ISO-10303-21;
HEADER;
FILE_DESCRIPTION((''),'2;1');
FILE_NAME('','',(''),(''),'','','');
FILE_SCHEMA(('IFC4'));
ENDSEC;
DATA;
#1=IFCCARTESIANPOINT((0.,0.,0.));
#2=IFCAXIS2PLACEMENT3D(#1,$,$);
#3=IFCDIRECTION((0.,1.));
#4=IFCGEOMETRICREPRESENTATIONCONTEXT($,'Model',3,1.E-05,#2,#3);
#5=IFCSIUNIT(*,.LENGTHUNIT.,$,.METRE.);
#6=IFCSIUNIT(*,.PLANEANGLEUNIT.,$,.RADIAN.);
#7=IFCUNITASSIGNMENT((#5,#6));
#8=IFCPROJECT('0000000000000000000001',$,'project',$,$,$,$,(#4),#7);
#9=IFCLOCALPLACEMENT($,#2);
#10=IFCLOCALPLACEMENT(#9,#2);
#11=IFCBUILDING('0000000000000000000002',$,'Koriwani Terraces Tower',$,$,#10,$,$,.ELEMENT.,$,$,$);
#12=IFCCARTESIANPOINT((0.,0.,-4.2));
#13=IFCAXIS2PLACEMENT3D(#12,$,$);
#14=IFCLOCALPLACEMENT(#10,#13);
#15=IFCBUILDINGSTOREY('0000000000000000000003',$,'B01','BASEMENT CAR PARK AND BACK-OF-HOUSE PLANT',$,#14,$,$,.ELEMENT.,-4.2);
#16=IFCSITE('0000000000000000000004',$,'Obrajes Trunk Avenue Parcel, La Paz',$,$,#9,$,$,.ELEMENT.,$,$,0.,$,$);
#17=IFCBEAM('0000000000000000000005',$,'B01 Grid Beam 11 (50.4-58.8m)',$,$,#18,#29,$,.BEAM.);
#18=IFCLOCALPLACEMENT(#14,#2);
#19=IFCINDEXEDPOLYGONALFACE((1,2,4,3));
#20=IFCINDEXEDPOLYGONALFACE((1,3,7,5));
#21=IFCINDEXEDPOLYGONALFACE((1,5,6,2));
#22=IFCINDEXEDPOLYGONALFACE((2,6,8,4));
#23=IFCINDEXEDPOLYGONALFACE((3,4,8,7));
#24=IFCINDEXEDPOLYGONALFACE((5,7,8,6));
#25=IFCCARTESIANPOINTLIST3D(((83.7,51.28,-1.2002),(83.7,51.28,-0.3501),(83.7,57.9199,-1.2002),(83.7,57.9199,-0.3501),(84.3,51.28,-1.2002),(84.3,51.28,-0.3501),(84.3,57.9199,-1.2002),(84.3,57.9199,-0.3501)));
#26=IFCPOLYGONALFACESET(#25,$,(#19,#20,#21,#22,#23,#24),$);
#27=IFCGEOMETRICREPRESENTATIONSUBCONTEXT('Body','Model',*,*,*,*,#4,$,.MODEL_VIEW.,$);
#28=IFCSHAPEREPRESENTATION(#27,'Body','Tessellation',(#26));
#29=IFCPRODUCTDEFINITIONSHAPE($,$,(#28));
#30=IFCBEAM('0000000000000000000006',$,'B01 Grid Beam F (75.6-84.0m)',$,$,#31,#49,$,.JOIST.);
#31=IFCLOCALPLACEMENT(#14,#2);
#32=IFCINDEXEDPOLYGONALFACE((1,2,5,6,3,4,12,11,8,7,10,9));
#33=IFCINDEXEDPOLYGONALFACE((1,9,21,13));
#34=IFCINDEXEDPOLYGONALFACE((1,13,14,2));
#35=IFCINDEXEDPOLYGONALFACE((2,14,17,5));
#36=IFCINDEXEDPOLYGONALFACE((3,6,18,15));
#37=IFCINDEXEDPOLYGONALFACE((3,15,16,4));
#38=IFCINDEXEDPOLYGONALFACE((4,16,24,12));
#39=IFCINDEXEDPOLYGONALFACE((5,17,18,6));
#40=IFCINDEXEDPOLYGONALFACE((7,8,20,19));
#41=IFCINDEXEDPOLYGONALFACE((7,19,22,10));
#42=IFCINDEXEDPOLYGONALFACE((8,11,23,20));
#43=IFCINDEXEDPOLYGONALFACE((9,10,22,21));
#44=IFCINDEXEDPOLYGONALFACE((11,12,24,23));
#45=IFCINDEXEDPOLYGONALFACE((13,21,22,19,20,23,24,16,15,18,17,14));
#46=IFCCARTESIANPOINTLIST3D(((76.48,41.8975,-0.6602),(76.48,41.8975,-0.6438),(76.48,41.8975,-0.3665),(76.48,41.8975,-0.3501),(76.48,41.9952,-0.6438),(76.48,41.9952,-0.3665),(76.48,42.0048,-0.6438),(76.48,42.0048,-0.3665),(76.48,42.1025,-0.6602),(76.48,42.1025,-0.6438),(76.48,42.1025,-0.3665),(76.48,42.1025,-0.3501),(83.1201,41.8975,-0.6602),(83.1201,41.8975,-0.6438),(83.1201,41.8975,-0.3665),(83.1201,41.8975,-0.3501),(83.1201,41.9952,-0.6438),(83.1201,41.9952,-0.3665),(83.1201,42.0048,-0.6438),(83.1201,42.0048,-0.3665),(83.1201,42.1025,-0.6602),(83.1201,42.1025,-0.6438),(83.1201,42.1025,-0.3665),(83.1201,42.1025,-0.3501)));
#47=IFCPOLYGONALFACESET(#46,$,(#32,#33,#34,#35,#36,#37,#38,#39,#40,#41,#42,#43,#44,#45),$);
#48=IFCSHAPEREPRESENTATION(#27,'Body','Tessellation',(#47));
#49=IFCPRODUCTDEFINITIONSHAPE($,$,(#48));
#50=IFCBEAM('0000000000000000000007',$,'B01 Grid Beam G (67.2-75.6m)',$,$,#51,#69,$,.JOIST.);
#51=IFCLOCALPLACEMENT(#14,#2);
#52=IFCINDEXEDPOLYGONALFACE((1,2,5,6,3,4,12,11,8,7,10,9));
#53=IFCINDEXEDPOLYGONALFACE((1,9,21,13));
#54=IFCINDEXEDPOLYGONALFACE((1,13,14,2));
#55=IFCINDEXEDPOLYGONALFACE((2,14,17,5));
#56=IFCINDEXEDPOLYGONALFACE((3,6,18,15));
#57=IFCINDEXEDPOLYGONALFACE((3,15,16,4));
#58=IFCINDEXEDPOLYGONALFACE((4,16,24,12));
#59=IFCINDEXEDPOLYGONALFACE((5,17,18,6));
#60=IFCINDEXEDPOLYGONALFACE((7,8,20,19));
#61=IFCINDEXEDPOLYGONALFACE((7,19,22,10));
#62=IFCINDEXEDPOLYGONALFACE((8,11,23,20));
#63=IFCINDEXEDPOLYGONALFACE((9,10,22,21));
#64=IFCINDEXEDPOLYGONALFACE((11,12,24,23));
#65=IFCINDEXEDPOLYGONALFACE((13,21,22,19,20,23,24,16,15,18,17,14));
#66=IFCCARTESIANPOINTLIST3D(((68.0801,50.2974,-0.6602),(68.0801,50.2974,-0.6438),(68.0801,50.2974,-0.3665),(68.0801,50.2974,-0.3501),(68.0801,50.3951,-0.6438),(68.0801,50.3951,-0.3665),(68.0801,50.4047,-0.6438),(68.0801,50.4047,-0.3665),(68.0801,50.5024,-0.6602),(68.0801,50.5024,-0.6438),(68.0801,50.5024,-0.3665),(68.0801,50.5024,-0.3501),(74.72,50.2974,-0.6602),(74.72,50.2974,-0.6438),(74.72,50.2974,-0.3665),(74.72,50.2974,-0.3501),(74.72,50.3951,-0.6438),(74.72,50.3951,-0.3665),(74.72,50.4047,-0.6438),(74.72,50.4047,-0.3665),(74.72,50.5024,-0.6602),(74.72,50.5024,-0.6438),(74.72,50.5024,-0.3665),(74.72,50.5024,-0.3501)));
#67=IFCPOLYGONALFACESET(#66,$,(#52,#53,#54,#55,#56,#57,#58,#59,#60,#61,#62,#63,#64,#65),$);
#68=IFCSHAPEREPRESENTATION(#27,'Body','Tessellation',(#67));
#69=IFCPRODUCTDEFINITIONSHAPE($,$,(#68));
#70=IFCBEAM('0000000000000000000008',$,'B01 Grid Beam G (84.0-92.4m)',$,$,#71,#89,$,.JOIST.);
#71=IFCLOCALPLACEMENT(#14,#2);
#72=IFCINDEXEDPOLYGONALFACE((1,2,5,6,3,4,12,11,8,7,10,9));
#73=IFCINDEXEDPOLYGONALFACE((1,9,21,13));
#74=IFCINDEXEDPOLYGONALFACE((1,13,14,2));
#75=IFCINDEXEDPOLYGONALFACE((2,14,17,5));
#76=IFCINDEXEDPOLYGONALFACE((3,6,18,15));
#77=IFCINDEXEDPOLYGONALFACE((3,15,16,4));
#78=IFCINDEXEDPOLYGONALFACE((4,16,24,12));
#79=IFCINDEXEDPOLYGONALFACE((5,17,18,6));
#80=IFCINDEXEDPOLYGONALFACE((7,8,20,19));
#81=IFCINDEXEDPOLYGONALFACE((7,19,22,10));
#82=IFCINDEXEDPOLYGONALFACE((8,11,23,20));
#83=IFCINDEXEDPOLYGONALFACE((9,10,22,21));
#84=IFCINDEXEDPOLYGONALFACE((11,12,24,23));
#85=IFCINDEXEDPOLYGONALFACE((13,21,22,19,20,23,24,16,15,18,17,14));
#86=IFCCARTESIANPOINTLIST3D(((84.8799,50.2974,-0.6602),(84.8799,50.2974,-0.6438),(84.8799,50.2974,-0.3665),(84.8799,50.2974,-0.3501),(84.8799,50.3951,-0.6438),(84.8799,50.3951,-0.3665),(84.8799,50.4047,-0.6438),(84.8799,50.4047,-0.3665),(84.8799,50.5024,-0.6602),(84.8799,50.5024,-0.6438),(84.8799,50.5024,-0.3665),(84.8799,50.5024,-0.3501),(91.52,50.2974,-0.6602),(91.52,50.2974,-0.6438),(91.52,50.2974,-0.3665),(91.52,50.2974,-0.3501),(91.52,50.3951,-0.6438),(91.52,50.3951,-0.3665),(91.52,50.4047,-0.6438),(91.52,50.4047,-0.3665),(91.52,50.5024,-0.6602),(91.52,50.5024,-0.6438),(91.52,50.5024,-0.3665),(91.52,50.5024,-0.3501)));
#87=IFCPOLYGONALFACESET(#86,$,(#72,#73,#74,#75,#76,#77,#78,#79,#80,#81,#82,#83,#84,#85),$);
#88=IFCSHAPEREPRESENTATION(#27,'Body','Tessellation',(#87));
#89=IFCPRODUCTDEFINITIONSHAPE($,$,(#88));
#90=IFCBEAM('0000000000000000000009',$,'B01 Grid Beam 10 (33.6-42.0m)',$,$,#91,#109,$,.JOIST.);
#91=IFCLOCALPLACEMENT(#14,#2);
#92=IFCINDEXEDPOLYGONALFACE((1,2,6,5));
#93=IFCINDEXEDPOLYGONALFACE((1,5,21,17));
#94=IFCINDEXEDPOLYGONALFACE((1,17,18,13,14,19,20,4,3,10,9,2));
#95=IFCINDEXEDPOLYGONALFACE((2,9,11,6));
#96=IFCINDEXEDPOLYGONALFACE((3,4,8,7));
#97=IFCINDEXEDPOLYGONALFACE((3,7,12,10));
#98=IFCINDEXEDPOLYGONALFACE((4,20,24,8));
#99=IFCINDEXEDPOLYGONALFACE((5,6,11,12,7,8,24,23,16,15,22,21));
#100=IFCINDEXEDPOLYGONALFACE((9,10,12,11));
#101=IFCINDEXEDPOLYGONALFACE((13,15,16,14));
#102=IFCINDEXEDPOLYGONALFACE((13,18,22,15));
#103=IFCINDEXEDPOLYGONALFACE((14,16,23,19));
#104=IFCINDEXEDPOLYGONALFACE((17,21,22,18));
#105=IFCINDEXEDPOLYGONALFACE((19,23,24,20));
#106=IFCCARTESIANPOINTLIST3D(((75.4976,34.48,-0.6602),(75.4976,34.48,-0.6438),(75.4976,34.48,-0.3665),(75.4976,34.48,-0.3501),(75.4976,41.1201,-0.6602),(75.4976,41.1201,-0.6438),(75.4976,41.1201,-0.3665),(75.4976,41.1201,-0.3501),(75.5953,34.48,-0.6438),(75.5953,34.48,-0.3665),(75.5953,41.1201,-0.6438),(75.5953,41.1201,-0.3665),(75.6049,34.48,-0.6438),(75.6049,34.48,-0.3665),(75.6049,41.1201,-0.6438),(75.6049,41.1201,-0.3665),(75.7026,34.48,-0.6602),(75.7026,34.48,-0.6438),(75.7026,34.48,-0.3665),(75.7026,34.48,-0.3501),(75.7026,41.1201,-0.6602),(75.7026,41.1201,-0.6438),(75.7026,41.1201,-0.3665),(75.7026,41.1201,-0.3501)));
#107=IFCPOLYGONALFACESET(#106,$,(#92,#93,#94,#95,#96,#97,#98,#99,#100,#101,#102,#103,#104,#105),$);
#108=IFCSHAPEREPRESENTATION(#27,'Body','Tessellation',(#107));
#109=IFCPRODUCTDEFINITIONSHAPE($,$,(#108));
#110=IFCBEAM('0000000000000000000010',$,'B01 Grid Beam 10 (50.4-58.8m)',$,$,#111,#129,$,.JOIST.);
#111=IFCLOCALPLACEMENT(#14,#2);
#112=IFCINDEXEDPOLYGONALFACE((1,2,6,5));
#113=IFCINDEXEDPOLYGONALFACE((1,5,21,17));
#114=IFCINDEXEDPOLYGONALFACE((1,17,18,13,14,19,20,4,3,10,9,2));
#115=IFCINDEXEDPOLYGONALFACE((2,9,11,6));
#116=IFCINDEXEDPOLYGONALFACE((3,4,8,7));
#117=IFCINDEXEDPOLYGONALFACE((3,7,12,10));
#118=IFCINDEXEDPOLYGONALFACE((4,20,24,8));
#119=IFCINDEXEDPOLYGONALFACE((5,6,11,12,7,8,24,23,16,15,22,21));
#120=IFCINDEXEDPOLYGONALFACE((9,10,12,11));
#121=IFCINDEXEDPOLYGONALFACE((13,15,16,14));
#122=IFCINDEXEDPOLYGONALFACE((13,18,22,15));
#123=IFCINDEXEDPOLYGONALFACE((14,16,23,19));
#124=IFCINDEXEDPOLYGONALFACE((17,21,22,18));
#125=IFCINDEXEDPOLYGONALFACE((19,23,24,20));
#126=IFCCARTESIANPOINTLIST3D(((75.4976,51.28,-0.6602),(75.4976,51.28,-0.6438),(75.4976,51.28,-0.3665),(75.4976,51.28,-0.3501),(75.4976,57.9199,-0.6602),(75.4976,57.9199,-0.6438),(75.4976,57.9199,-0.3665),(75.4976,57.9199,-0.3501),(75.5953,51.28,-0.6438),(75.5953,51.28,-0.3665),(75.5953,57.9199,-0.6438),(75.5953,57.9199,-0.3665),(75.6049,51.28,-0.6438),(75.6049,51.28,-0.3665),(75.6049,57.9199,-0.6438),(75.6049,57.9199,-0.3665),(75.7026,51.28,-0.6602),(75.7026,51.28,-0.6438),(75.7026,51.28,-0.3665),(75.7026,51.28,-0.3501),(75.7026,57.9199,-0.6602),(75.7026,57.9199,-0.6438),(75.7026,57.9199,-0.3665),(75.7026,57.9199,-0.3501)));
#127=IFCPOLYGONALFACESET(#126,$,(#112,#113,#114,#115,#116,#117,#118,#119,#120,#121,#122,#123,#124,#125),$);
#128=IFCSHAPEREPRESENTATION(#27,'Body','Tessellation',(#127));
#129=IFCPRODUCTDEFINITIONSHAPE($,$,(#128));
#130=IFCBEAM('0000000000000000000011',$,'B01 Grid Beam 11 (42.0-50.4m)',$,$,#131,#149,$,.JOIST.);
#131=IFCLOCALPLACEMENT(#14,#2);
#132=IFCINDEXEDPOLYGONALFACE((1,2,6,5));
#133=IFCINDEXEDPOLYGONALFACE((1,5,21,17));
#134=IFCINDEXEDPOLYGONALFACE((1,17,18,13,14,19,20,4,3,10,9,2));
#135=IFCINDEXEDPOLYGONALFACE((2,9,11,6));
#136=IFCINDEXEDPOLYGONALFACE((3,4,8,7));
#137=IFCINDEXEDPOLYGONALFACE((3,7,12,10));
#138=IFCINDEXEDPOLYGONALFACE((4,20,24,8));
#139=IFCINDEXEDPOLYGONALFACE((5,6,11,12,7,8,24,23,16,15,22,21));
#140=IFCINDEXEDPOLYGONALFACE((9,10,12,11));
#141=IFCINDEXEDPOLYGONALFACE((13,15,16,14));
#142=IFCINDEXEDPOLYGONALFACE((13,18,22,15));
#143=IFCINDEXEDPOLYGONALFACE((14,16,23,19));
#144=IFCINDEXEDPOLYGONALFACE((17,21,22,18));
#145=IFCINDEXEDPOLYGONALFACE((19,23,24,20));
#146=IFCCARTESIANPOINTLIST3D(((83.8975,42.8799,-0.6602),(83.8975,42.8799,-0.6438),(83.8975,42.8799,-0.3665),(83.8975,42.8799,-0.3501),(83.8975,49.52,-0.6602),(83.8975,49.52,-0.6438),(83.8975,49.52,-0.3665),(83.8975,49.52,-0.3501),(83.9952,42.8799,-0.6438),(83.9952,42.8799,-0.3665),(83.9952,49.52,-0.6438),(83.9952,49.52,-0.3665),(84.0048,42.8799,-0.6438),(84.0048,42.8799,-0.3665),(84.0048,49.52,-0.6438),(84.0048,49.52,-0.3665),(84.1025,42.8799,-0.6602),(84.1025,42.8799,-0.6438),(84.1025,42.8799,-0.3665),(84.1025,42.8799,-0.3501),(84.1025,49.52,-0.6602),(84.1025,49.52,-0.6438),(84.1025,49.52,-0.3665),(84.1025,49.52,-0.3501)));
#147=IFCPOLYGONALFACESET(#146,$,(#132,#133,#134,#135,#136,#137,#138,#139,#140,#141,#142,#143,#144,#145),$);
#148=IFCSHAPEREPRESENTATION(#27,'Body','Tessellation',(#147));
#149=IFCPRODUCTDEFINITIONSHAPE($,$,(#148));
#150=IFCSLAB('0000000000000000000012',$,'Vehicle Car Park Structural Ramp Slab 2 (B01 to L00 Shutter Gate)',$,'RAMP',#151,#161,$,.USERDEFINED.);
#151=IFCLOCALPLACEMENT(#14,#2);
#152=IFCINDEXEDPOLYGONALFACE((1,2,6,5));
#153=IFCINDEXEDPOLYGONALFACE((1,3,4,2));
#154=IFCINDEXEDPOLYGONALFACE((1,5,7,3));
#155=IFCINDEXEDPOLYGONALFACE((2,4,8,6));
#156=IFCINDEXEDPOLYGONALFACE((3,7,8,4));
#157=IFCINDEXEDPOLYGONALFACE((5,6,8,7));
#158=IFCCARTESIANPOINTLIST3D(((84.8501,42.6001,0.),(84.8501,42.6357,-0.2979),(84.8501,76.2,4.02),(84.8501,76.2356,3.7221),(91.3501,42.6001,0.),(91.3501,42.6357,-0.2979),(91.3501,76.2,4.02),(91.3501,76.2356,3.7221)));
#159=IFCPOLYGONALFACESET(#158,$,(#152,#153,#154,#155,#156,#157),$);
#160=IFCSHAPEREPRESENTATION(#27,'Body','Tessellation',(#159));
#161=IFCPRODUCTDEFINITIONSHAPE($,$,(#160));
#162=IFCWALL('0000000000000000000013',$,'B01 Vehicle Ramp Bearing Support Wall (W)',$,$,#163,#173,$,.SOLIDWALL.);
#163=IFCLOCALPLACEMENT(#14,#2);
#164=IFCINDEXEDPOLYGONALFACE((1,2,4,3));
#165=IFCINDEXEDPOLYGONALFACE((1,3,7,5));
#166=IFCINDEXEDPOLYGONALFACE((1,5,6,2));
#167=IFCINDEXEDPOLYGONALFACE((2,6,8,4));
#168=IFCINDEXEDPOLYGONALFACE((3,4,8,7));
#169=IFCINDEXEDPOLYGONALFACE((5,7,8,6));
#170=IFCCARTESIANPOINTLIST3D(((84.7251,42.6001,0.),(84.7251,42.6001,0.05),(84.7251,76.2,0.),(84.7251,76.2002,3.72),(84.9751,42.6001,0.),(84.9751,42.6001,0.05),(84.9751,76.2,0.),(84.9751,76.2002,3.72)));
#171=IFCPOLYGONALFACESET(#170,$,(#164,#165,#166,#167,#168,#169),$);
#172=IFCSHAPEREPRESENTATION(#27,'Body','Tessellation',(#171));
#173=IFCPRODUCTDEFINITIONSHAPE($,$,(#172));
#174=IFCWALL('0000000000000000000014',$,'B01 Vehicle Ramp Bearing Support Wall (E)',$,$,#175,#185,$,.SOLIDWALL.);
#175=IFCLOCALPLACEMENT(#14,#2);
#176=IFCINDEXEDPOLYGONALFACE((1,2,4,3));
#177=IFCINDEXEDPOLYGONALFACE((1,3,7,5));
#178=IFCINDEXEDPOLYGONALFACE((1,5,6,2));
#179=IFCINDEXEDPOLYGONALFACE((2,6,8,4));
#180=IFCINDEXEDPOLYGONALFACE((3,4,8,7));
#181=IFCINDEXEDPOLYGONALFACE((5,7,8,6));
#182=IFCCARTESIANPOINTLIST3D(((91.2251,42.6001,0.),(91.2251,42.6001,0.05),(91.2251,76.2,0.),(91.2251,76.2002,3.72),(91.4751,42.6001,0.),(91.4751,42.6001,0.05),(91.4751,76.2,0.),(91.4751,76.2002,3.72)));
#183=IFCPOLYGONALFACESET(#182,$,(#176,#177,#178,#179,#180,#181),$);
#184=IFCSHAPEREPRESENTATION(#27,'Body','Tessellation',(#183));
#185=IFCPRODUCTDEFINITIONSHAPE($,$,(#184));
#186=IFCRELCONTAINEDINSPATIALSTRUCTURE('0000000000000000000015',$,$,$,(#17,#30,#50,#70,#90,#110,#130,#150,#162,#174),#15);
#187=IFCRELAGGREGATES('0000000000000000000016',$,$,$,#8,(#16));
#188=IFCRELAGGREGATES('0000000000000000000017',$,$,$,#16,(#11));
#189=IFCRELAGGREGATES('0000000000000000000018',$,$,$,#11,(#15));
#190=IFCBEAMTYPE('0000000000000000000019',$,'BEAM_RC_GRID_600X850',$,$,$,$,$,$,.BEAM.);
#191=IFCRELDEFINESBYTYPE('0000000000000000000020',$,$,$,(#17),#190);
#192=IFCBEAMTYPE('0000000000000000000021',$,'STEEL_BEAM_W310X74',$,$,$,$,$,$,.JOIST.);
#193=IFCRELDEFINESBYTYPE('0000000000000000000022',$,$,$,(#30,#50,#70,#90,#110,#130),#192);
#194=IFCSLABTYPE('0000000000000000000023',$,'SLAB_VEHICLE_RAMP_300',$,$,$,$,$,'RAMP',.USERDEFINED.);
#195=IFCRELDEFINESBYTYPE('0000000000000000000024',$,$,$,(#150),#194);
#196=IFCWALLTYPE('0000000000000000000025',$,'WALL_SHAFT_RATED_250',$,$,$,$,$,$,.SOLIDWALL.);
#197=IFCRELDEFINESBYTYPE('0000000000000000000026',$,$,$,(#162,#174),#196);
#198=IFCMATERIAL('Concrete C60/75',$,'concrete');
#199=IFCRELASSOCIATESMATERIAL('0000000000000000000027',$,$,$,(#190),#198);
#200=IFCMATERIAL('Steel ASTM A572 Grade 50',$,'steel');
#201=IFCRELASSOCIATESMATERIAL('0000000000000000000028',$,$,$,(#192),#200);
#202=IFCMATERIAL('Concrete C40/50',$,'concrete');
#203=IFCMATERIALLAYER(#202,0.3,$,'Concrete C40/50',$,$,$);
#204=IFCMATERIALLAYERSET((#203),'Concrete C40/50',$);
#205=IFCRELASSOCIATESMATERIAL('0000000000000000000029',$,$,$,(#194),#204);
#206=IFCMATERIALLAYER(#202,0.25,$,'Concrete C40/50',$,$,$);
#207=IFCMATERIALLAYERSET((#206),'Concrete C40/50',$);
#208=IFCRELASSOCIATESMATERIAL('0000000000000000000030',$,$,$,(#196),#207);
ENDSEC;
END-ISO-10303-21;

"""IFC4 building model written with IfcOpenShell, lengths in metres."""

from ifc_helpers import new_model, si_unit, direction, frame, origin, origin_2d, place, context, subcontext, project, spatial, polyline, rectangle, i_section, outline, extrude, material, layer, layer_set, material_profile, profile_set, type_object, element, save


model = new_model("IFC4")

# Units and contexts
model_context = context("Model", 3, precision=1e-05, world=origin(), true_north=direction((0.0, 1.0)))
body_context = subcontext(model_context, "Body", "Model", "MODEL_VIEW")
ifc_project = project(units=[si_unit("LENGTHUNIT", "METRE"), si_unit("PLANEANGLEUNIT", "RADIAN")], contexts=[model_context])

# Site, building, storey
site_placement = place(None, origin())
site = spatial("IfcSite", under=ifc_project, at=site_placement, Name="Obrajes Trunk Avenue Parcel, La Paz", CompositionType="ELEMENT", RefElevation=0.0)
building_placement = place(site_placement, origin())
building = spatial("IfcBuilding", under=site, at=building_placement, Name="Koriwani Terraces Tower", CompositionType="ELEMENT")
storey_placement = place(building_placement, frame((0.0, 0.0, -4.2)))
storey = spatial("IfcBuildingStorey", under=building, at=storey_placement, Name="B01", Description="BASEMENT CAR PARK AND BACK-OF-HOUSE PLANT", CompositionType="ELEMENT", Elevation=-4.2)

# Shared definitions
ifc_material_1 = material(Name="Concrete C60/75", Category="concrete")

# Beams
ifc_material_profile_1 = material_profile(ifc_material_1, rectangle(XDim=0.6001, YDim=0.8501, at=origin_2d()), Name="Concrete C60/75", Category="LoadBearing")
ifc_profile_set_1 = profile_set([ifc_material_profile_1], Name="Concrete C60/75")
beam_type_1 = type_object("IfcBeamType", Name="BEAM_RC_GRID_600X850", PredefinedType="BEAM", material=ifc_profile_set_1)
beam_1_placement = place(storey_placement, frame((84.0, 51.28, -0.7751), z_axis=(0.0, 1.0, 0.0), x_axis=(-1.0, 0.0, 0.0)))
element("IfcBeam", 1, at=beam_1_placement, inside=storey, type_object=beam_type_1, Name="B01 Grid Beam 11 (50.4-58.8m)", PredefinedType="BEAM", context=body_context, shape_type="SweptSolid", body=[
    extrude(rectangle(XDim=0.6001, YDim=0.8501, at=origin_2d()), origin(), (0.0, 0.0, 1.0), 6.6399),
])
ifc_material_2 = material(Name="Steel ASTM A572 Grade 50", Category="steel")
ifc_material_profile_2 = material_profile(ifc_material_2, i_section(OverallWidth=0.2051, OverallDepth=0.3101, WebThickness=0.0095, FlangeThickness=0.0164, at=origin_2d()), Name="Steel ASTM A572 Grade 50", Category="LoadBearing")
ifc_profile_set_2 = profile_set([ifc_material_profile_2], Name="Steel ASTM A572 Grade 50")
beam_type_2 = type_object("IfcBeamType", Name="STEEL_BEAM_W310X74", PredefinedType="JOIST", material=ifc_profile_set_2)
beam_2_placement = place(storey_placement, frame((76.48, 42.0, -0.5051), z_axis=(1.0, 0.0, 0.0), x_axis=(0.0, 1.0, 0.0)))
element("IfcBeam", 2, at=beam_2_placement, inside=storey, type_object=beam_type_2, Name="B01 Grid Beam F (75.6-84.0m)", PredefinedType="JOIST", context=body_context, shape_type="SweptSolid", body=[
    extrude(i_section(OverallWidth=0.2051, OverallDepth=0.3101, WebThickness=0.0095, FlangeThickness=0.0164, at=origin_2d()), origin(), (0.0, 0.0, 1.0), 6.6401),
])
beam_3_placement = place(storey_placement, frame((68.0801, 50.3999, -0.5051), z_axis=(1.0, 0.0, 0.0), x_axis=(0.0, 1.0, 0.0)))
element("IfcBeam", 3, at=beam_3_placement, inside=storey, type_object=beam_type_2, Name="B01 Grid Beam G (67.2-75.6m)", PredefinedType="JOIST", context=body_context, shape_type="SweptSolid", body=[
    extrude(i_section(OverallWidth=0.2051, OverallDepth=0.3101, WebThickness=0.0095, FlangeThickness=0.0164, at=origin_2d()), origin(), (0.0, 0.0, 1.0), 6.6399),
])
for number, where, z_axis, x_axis, name in (
    (4, (84.8799, 50.3999, -0.5051), (1.0, 0.0, 0.0), (0.0, 1.0, 0.0), "B01 Grid Beam G (84.0-92.4m)"),
    (5, (75.6001, 34.48, -0.5051), (0.0, 1.0, 0.0), (-1.0, 0.0, 0.0), "B01 Grid Beam 10 (33.6-42.0m)"),
):
    element("IfcBeam", number, at=place(storey_placement, frame(where, z_axis=z_axis, x_axis=x_axis)), inside=storey, type_object=beam_type_2, Name=name, PredefinedType="JOIST", context=body_context, shape_type="SweptSolid", body=[
        extrude(i_section(OverallWidth=0.2051, OverallDepth=0.3101, WebThickness=0.0095, FlangeThickness=0.0164, at=origin_2d()), origin(), (0.0, 0.0, 1.0), 6.6401),
    ])
beam_4_placement = place(storey_placement, frame((75.6001, 51.28, -0.5051), z_axis=(0.0, 1.0, 0.0), x_axis=(-1.0, 0.0, 0.0)))
element("IfcBeam", 6, at=beam_4_placement, inside=storey, type_object=beam_type_2, Name="B01 Grid Beam 10 (50.4-58.8m)", PredefinedType="JOIST", context=body_context, shape_type="SweptSolid", body=[
    extrude(i_section(OverallWidth=0.2051, OverallDepth=0.3101, WebThickness=0.0095, FlangeThickness=0.0164, at=origin_2d()), origin(), (0.0, 0.0, 1.0), 6.6399),
])
beam_5_placement = place(storey_placement, frame((84.0, 42.8799, -0.5051), z_axis=(0.0, 1.0, 0.0), x_axis=(-1.0, 0.0, 0.0)))
element("IfcBeam", 7, at=beam_5_placement, inside=storey, type_object=beam_type_2, Name="B01 Grid Beam 11 (42.0-50.4m)", PredefinedType="JOIST", context=body_context, shape_type="SweptSolid", body=[
    extrude(i_section(OverallWidth=0.2051, OverallDepth=0.3101, WebThickness=0.0095, FlangeThickness=0.0164, at=origin_2d()), origin(), (0.0, 0.0, 1.0), 6.6401),
])

# Slab
ifc_material_3 = material(Name="Concrete C40/50", Category="concrete")
ifc_layer_1 = layer(ifc_material_3, 0.3, Name="Concrete C40/50")
ifc_layer_set_1 = layer_set([ifc_layer_1], Name="Concrete C40/50")
slab_type = type_object("IfcSlabType", Name="SLAB_VEHICLE_RAMP_300", ElementType="RAMP", PredefinedType="USERDEFINED", material=ifc_layer_set_1)
slab_placement = place(storey_placement, frame((84.8501, 42.6001, 0.0), z_axis=(0.0, -0.118797, 0.992919), x_axis=(1.0, 0.0, 0.0)))
element("IfcSlab", 8, at=slab_placement, inside=storey, type_object=slab_type, Name="Vehicle Car Park Structural Ramp Slab 2 (B01 to L00 Shutter Gate)", ObjectType="RAMP", PredefinedType="USERDEFINED", context=body_context, shape_type="SweptSolid", body=[
    extrude(outline(polyline([(0.0, 0.0), (6.5, 0.0), (6.5, 33.8395), (0.0, 33.8395), (0.0, 0.0)])), origin(), (0.0, 0.0, -1.0), 0.3),
])

# Walls
ifc_layer_2 = layer(ifc_material_3, 0.25, Name="Concrete C40/50")
ifc_layer_set_2 = layer_set([ifc_layer_2], Name="Concrete C40/50")
wall_type = type_object("IfcWallType", Name="WALL_SHAFT_RATED_250", PredefinedType="SOLIDWALL", material=ifc_layer_set_2)
for number, where, z_axis, x_axis, name in (
    (9, (84.8501, 42.6001, 0.0), (0.0, 0.0, 1.0), (0.0, 1.0, 0.0), "B01 Vehicle Ramp Bearing Support Wall (W)"),
    (10, (91.3501, 42.6001, 0.0), (0.0, 0.0, 1.0), (0.0, 1.0, 0.0), "B01 Vehicle Ramp Bearing Support Wall (E)"),
):
    element("IfcWall", number, at=place(storey_placement, frame(where, z_axis=z_axis, x_axis=x_axis)), inside=storey, type_object=wall_type, Name=name, PredefinedType="SOLIDWALL", context=body_context, shape_type="SweptSolid", body=[
        extrude(outline(polyline([(0.0, 0.0), (33.5999, 0.0), (33.6001, 3.72), (0.0, 0.05), (0.0, 0.0)])), frame((0.0, 0.125, 0.0), z_axis=(0.0, -1.0, 0.0), x_axis=(1.0, 0.0, 0.0)), (0.0, 0.0, 1.0), 0.25),
    ])

save(model, "model.ifc")
